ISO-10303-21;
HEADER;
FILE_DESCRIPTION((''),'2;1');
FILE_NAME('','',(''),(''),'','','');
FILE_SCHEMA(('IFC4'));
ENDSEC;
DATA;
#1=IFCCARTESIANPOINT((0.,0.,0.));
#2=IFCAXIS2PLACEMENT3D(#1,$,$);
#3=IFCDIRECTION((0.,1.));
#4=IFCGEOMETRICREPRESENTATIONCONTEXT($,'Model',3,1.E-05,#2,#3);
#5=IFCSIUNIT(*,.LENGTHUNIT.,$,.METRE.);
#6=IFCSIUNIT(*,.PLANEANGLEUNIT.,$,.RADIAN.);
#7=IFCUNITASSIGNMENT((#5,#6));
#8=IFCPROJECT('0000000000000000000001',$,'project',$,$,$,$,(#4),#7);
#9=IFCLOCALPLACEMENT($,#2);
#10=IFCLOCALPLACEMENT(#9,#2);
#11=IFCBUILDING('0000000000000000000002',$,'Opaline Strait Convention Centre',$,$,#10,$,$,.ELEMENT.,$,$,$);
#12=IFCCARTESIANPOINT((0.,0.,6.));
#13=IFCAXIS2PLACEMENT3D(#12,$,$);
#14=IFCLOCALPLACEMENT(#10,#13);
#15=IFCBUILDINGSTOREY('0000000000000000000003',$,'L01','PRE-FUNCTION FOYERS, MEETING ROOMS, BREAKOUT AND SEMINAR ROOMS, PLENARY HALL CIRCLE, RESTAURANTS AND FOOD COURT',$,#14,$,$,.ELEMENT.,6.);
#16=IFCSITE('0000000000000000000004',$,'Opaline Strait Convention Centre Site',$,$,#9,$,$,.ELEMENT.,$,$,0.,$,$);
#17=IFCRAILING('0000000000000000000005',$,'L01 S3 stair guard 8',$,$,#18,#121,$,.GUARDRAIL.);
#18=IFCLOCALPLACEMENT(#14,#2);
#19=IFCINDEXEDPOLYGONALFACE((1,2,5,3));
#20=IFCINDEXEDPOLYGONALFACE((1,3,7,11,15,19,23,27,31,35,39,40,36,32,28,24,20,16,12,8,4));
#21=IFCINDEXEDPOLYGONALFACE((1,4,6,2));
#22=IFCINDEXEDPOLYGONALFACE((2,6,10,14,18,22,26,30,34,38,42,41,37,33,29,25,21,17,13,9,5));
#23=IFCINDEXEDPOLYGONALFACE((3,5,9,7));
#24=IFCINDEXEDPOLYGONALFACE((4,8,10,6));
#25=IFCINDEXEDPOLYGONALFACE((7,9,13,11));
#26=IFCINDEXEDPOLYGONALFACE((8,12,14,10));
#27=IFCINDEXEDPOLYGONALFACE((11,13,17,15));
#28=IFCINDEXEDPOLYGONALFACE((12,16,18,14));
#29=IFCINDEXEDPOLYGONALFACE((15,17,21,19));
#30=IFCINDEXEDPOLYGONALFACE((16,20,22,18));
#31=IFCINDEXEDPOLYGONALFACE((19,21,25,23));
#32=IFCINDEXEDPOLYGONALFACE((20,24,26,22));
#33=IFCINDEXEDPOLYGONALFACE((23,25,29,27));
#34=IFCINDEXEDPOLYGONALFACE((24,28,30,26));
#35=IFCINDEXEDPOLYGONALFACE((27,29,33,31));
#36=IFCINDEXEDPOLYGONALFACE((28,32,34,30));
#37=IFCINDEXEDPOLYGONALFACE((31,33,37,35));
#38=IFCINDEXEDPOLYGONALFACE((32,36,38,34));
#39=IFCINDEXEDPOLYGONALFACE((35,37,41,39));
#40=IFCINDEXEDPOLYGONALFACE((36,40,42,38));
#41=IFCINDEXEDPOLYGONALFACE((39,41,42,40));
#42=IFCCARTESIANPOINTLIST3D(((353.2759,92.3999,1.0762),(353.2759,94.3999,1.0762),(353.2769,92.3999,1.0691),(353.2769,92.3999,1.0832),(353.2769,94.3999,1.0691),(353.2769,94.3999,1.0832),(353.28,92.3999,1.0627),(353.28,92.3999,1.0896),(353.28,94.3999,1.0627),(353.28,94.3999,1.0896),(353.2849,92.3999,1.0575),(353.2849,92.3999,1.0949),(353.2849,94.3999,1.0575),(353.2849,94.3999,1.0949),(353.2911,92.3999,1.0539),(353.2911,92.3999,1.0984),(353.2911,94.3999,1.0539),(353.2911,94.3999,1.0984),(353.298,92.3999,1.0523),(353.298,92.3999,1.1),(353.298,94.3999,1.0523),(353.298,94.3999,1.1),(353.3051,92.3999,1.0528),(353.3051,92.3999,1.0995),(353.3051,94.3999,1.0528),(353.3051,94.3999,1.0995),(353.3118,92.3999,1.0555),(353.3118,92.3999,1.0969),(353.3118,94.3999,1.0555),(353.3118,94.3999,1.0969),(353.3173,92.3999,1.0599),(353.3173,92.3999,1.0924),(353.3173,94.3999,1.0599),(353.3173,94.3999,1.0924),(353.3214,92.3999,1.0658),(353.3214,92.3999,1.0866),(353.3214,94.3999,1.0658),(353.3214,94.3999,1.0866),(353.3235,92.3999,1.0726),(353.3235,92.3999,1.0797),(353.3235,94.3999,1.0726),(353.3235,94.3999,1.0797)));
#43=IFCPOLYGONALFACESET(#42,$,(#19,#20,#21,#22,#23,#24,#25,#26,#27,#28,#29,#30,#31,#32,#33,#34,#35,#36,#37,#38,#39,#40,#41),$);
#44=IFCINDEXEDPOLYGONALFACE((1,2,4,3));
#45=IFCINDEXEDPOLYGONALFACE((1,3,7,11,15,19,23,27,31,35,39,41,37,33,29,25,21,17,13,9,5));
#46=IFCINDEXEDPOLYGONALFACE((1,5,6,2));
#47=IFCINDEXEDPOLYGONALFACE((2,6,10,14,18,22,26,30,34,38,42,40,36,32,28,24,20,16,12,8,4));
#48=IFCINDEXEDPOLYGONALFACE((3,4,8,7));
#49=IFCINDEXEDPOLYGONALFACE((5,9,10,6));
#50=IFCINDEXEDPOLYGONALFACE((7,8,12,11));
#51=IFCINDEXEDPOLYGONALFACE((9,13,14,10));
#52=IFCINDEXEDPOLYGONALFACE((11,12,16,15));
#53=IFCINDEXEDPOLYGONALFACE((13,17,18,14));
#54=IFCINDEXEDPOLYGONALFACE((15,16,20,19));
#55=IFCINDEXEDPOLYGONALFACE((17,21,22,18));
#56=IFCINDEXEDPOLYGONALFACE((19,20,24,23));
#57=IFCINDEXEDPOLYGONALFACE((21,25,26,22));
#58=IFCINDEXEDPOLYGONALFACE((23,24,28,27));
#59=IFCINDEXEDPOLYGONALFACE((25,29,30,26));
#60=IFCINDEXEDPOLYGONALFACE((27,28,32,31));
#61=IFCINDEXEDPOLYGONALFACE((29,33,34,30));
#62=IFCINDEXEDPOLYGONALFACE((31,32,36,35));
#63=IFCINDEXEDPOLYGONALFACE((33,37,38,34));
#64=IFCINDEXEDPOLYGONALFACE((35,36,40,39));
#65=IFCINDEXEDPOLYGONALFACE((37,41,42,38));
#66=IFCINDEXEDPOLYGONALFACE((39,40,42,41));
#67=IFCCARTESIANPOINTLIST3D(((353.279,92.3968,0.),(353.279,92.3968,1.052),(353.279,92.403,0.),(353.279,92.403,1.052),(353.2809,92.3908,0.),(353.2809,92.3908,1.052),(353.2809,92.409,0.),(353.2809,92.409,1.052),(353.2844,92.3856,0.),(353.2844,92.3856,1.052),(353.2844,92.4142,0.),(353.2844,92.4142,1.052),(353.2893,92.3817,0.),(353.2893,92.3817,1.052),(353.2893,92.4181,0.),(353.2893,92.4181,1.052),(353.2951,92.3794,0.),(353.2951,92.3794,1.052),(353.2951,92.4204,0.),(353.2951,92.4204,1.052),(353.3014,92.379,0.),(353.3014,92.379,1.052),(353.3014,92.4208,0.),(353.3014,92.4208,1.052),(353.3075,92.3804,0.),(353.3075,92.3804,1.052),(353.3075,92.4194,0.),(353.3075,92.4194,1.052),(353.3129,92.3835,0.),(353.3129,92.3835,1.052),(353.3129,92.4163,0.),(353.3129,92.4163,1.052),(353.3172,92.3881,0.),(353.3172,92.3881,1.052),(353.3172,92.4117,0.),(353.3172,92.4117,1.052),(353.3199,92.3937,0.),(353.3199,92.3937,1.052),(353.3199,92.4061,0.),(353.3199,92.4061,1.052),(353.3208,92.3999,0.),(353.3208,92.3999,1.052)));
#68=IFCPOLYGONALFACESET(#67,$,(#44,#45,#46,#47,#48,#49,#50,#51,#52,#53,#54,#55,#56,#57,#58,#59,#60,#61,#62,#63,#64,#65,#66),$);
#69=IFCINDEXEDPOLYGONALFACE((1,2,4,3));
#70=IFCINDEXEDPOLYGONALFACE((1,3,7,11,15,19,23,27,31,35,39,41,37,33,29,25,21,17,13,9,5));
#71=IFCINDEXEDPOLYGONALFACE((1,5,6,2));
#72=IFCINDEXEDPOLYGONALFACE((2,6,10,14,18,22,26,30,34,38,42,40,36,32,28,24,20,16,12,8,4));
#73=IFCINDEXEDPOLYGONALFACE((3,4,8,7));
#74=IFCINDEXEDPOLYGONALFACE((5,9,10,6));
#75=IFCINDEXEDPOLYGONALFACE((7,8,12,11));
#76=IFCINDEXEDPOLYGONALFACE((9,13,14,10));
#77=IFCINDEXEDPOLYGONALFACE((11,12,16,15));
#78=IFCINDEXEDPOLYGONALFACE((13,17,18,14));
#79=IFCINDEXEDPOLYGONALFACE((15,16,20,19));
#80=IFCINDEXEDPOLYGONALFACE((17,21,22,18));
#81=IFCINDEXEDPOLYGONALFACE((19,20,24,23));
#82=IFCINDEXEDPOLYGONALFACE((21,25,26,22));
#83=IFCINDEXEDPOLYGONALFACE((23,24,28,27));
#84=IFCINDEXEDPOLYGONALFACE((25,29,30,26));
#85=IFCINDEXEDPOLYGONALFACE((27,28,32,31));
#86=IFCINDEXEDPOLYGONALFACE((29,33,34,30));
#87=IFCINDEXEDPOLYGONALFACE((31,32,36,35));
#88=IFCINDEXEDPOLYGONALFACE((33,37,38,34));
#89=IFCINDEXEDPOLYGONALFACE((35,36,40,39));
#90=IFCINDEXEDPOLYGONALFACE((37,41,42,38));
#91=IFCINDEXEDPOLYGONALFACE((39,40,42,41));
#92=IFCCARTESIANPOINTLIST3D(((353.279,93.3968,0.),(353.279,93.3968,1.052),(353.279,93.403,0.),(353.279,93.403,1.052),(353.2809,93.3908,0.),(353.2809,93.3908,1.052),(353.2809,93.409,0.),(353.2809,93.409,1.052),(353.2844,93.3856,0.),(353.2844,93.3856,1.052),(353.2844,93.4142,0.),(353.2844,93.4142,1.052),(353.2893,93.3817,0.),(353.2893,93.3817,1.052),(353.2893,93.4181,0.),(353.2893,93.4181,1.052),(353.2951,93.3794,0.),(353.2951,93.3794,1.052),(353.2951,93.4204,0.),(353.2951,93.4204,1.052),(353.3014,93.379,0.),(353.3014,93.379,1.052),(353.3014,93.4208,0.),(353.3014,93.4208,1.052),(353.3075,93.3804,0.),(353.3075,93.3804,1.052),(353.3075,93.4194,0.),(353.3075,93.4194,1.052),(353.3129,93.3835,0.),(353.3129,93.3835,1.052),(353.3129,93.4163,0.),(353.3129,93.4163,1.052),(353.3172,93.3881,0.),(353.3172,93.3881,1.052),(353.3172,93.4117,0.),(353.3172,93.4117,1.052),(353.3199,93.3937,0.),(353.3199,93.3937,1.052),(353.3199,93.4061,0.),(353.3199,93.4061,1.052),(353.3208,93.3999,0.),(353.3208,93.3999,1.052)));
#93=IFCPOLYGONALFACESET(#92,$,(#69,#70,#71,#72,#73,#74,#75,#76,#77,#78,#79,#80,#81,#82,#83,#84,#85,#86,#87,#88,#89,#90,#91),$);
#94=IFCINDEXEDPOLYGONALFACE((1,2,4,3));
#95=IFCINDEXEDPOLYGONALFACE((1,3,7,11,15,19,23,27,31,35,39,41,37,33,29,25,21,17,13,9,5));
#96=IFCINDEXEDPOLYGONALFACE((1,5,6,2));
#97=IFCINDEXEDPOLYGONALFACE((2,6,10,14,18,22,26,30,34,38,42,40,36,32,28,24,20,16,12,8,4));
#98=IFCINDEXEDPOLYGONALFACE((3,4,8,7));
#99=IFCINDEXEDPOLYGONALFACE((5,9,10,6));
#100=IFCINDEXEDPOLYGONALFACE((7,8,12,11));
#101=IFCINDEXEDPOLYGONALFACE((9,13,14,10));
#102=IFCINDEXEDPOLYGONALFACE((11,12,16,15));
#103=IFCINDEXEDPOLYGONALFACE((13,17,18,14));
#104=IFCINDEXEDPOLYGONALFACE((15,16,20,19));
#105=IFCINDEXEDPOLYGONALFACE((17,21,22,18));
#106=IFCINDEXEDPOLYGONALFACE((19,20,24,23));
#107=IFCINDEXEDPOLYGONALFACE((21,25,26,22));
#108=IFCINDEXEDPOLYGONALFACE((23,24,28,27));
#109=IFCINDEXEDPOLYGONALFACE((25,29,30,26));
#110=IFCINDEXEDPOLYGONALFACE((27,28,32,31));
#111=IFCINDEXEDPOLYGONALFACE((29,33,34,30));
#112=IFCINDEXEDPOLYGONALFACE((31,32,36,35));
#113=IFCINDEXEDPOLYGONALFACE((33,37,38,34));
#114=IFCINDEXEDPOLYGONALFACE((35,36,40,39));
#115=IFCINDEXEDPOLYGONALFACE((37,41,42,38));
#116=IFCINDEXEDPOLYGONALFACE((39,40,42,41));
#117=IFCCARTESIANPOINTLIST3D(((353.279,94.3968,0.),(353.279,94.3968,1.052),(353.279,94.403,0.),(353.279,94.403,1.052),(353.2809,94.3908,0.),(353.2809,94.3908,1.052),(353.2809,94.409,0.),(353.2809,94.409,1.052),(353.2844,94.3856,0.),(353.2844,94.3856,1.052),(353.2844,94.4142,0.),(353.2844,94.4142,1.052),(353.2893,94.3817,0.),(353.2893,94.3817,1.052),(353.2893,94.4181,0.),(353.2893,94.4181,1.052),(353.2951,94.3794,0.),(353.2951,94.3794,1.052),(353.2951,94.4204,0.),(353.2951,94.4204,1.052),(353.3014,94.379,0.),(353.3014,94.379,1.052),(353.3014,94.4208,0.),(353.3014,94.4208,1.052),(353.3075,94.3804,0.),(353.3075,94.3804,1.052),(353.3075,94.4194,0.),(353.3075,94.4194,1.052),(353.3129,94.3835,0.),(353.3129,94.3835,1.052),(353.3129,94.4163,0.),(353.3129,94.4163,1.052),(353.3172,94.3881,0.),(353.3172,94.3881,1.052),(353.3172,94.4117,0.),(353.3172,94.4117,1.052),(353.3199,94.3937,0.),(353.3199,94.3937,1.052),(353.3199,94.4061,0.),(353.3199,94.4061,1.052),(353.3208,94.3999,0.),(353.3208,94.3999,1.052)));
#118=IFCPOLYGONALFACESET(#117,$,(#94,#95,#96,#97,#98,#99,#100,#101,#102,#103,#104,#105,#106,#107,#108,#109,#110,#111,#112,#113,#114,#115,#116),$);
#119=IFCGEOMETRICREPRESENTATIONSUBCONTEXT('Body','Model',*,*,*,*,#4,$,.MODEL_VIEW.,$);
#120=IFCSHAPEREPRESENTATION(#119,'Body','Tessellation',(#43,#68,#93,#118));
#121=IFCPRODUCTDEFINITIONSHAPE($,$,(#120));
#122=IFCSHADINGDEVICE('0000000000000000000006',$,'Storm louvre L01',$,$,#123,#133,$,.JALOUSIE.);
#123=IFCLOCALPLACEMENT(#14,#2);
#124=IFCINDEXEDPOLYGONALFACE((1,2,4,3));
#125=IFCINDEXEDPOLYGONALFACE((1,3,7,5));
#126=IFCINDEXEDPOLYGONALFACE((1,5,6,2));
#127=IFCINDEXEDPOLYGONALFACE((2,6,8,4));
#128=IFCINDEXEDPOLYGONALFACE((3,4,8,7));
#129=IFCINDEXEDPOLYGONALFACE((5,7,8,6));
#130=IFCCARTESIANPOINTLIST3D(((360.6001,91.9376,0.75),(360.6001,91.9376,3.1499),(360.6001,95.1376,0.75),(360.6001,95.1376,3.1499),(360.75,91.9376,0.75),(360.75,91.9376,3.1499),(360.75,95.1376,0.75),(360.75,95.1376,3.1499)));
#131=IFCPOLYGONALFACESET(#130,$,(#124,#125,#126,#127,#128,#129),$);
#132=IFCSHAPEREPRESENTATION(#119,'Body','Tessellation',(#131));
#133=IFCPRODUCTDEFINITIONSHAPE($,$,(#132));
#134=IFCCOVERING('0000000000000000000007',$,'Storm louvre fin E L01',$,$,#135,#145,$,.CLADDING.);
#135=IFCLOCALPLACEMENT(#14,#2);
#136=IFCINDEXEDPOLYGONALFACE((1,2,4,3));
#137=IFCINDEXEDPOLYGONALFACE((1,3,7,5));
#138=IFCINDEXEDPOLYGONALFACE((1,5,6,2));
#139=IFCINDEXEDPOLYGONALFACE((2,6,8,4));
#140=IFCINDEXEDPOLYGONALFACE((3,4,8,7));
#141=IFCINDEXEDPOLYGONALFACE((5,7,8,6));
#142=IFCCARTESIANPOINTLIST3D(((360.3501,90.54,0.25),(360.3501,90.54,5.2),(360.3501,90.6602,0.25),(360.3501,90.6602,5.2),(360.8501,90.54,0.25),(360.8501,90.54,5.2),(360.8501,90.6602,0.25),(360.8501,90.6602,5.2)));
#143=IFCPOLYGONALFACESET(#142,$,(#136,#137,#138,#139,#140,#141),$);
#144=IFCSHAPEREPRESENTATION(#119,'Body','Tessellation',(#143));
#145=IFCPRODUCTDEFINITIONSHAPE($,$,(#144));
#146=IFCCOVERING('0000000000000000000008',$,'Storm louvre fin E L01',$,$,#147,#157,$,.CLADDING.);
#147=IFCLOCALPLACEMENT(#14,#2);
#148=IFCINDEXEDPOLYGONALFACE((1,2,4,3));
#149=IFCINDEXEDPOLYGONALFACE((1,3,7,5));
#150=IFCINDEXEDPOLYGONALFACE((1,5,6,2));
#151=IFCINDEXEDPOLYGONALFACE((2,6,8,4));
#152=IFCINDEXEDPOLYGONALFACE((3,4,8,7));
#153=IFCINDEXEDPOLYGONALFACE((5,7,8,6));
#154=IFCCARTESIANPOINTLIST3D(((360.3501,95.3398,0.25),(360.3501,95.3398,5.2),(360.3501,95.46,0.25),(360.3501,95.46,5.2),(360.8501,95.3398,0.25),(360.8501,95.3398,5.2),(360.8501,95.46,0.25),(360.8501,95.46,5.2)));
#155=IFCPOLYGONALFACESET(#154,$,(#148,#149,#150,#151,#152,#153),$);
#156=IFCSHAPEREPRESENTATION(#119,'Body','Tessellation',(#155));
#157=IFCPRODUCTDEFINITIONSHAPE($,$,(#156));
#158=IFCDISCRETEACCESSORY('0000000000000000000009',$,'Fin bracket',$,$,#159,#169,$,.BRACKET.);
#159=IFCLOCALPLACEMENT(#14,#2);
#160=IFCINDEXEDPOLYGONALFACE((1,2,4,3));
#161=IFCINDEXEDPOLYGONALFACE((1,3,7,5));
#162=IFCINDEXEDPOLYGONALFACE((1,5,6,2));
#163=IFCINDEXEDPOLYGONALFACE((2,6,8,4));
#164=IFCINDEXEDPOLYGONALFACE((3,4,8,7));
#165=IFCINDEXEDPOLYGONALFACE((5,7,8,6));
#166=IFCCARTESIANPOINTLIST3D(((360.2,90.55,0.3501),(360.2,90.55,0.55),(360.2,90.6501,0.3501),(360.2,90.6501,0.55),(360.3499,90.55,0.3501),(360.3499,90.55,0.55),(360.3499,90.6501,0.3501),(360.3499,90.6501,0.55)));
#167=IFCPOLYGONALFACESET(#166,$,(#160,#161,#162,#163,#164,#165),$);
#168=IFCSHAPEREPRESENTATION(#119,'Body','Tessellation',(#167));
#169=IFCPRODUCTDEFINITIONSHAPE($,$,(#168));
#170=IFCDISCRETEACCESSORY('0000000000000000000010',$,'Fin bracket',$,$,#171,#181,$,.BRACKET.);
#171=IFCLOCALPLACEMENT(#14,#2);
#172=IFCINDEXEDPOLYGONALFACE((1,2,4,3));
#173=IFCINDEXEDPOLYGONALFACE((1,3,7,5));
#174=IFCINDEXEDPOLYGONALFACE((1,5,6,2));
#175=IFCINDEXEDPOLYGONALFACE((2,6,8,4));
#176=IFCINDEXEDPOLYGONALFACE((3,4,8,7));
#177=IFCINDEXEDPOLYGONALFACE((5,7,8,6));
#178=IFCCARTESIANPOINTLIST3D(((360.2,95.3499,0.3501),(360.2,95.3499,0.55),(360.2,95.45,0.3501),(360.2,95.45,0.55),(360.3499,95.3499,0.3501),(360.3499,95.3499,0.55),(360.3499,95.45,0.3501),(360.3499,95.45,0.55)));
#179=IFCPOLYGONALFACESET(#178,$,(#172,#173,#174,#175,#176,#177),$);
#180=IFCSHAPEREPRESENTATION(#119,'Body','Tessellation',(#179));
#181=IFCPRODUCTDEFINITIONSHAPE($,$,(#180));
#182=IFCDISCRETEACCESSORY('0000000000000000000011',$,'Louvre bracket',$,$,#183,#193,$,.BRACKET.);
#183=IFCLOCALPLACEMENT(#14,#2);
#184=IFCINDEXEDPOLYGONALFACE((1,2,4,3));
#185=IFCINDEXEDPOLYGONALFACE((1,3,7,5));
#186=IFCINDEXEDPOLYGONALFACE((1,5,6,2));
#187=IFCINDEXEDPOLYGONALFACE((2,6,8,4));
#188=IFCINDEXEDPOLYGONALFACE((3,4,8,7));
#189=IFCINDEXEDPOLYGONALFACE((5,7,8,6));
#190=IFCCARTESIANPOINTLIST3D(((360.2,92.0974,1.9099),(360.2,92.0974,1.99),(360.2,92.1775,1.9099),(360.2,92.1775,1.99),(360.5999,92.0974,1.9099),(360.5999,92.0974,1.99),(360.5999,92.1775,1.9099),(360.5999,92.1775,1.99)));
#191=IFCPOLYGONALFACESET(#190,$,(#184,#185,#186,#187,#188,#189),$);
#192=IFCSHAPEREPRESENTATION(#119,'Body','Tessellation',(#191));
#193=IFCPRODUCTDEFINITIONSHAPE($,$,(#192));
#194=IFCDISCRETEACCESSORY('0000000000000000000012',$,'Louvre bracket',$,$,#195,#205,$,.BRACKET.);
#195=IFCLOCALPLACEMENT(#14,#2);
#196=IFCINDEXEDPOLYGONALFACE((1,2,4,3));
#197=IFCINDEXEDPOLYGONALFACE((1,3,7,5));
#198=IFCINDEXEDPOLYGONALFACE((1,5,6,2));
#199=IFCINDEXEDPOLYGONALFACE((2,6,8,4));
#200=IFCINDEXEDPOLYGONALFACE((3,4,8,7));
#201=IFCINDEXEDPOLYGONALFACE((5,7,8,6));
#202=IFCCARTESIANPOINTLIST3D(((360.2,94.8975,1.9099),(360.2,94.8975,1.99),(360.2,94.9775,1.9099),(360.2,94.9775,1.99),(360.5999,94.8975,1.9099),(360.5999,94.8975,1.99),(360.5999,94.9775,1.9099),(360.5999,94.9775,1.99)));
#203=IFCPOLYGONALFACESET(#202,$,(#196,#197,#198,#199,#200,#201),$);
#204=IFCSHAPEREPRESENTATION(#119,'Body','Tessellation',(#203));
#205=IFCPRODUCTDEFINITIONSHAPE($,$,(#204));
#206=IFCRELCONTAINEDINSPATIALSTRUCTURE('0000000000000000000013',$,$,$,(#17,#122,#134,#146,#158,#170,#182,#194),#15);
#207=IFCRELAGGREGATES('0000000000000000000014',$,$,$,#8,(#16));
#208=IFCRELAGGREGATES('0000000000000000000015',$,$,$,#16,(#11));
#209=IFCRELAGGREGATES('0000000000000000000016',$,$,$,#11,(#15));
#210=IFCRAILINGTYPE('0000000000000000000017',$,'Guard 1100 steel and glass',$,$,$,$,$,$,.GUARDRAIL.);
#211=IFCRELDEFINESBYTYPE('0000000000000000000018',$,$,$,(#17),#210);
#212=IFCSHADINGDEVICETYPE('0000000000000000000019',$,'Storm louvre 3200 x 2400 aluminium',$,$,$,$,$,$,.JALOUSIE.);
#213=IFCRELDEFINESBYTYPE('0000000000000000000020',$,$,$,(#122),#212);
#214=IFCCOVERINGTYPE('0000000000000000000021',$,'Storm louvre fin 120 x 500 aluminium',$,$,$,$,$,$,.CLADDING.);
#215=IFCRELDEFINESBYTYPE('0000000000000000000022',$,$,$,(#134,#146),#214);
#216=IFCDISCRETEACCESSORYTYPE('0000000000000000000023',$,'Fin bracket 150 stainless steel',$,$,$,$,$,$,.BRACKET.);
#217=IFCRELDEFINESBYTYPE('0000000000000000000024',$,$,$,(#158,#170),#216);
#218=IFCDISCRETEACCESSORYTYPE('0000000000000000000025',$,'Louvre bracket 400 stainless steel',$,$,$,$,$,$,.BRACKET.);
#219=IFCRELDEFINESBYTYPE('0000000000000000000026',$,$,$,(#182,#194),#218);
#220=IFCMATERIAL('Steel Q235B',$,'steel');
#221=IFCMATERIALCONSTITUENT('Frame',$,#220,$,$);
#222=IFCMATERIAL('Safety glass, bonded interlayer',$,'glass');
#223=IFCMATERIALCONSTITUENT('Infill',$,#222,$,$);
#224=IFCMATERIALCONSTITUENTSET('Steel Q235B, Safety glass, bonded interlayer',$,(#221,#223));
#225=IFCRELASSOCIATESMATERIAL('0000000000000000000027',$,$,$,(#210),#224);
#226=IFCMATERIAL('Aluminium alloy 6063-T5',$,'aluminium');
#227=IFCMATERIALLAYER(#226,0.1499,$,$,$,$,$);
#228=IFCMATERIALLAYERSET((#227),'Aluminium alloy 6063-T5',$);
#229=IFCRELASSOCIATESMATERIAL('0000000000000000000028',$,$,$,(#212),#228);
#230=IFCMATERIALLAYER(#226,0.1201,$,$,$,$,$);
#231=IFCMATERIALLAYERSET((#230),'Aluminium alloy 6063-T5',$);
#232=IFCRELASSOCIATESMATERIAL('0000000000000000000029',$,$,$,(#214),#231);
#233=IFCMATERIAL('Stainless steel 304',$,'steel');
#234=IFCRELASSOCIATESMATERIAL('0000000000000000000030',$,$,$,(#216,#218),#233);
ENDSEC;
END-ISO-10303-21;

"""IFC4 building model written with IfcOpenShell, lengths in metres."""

from ifc_helpers import new_model, si_unit, direction, frame, origin, origin_2d, place, context, subcontext, project, spatial, rectangle, circle, extrude, material, layer, layer_set, constituent, constituent_set, type_object, element, save


model = new_model("IFC4")

# Units and contexts
model_context = context("Model", 3, precision=1e-05, world=origin(), true_north=direction((0.0, 1.0)))
body_context = subcontext(model_context, "Body", "Model", "MODEL_VIEW")
ifc_project = project(units=[si_unit("LENGTHUNIT", "METRE"), si_unit("PLANEANGLEUNIT", "RADIAN")], contexts=[model_context])

# Site, building, storey
site_placement = place(None, origin())
site = spatial("IfcSite", under=ifc_project, at=site_placement, Name="Opaline Strait Convention Centre Site", CompositionType="ELEMENT", RefElevation=0.0)
building_placement = place(site_placement, origin())
building = spatial("IfcBuilding", under=site, at=building_placement, Name="Opaline Strait Convention Centre", CompositionType="ELEMENT")
storey_placement = place(building_placement, frame((0.0, 0.0, 6.0)))
storey = spatial("IfcBuildingStorey", under=building, at=storey_placement, Name="L01", Description="PRE-FUNCTION FOYERS, MEETING ROOMS, BREAKOUT AND SEMINAR ROOMS, PLENARY HALL CIRCLE, RESTAURANTS AND FOOD COURT", CompositionType="ELEMENT", Elevation=6.0)

# Shared definitions
ifc_material_1 = material(Name="Steel Q235B", Category="steel")

# Shared definitions
ifc_material_2 = material(Name="Stainless steel 304", Category="steel")

# Railing
ifc_constituent_1 = constituent(ifc_material_1, Name="Frame")
ifc_material_3 = material(Name="Safety glass, bonded interlayer", Category="glass")
ifc_constituent_2 = constituent(ifc_material_3, Name="Infill")
ifc_constituent_set = constituent_set(constituents=[ifc_constituent_1, ifc_constituent_2], Name="Steel Q235B, Safety glass, bonded interlayer")
railing_type = type_object("IfcRailingType", Name="Guard 1100 steel and glass", PredefinedType="GUARDRAIL", material=ifc_constituent_set)
railing_1_placement = place(storey_placement, frame((353.2998, 92.3999, 0.0)))
element("IfcRailing", 1, at=railing_1_placement, inside=storey, type_object=railing_type, Name="L01 S3 stair guard 8", PredefinedType="GUARDRAIL", context=body_context, shape_type="SweptSolid", body=[
    extrude(circle(Radius=0.0239, at=origin_2d()), frame((0.0, 0.0, 1.0762), z_axis=(0.0, 1.0, 0.0), x_axis=(-1.0, 0.0, 0.0)), (0.0, 0.0, 1.0), 2.0),
    extrude(circle(Radius=0.021, at=origin_2d()), origin(), (0.0, 0.0, 1.0), 1.052),
    extrude(circle(Radius=0.021, at=origin_2d()), frame((0.0, 1.0, 0.0)), (0.0, 0.0, 1.0), 1.052),
    extrude(circle(Radius=0.021, at=origin_2d()), frame((0.0, 2.0, 0.0)), (0.0, 0.0, 1.0), 1.052),
])

# Shading device
ifc_material_4 = material(Name="Aluminium alloy 6063-T5", Category="aluminium")
ifc_layer_1 = layer(ifc_material_4, 0.1499)
ifc_layer_set_1 = layer_set([ifc_layer_1], Name="Aluminium alloy 6063-T5")
shading_device_type = type_object("IfcShadingDeviceType", Name="Storm louvre 3200 x 2400 aluminium", PredefinedType="JALOUSIE", material=ifc_layer_set_1)
shading_device_placement = place(storey_placement, frame((360.675, 93.5376, 0.75), z_axis=(0.0, 0.0, 1.0), x_axis=(1.0, 0.0, 0.0)))
element("IfcShadingDevice", 2, at=shading_device_placement, inside=storey, type_object=shading_device_type, Name="Storm louvre L01", PredefinedType="JALOUSIE", context=body_context, shape_type="SweptSolid", body=[
    extrude(rectangle(XDim=0.1499, YDim=3.2, at=origin_2d()), origin(), (0.0, 0.0, 1.0), 2.3999),
])

# Coverings
ifc_layer_2 = layer(ifc_material_4, 0.1201)
ifc_layer_set_2 = layer_set([ifc_layer_2], Name="Aluminium alloy 6063-T5")
covering_type = type_object("IfcCoveringType", Name="Storm louvre fin 120 x 500 aluminium", PredefinedType="CLADDING", material=ifc_layer_set_2)
for number, where, z_axis, x_axis, name in (
    (3, (360.6001, 90.6001, 0.25), (0.0, 0.0, 1.0), (1.0, 0.0, 0.0), "Storm louvre fin E L01"),
    (4, (360.6001, 95.3999, 0.25), (0.0, 0.0, 1.0), (1.0, 0.0, 0.0), "Storm louvre fin E L01"),
):
    element("IfcCovering", number, at=place(storey_placement, frame(where, z_axis=z_axis, x_axis=x_axis)), inside=storey, type_object=covering_type, Name=name, PredefinedType="CLADDING", context=body_context, shape_type="SweptSolid", body=[
        extrude(rectangle(XDim=0.5, YDim=0.1201, at=origin_2d()), origin(), (0.0, 0.0, 1.0), 4.95),
    ])

# Discrete accessories
discrete_accessory_type_1 = type_object("IfcDiscreteAccessoryType", Name="Fin bracket 150 stainless steel", PredefinedType="BRACKET", material=ifc_material_2)
for number, where, z_axis, x_axis, name in (
    (5, (360.2749, 90.6001, 0.3501), (0.0, 0.0, 1.0), (1.0, 0.0, 0.0), "Fin bracket"),
    (6, (360.2749, 95.3999, 0.3501), (0.0, 0.0, 1.0), (1.0, 0.0, 0.0), "Fin bracket"),
):
    element("IfcDiscreteAccessory", number, at=place(storey_placement, frame(where, z_axis=z_axis, x_axis=x_axis)), inside=storey, type_object=discrete_accessory_type_1, Name=name, PredefinedType="BRACKET", context=body_context, shape_type="SweptSolid", body=[
        extrude(rectangle(XDim=0.1499, YDim=0.1001, at=origin_2d()), origin(), (0.0, 0.0, 1.0), 0.2),
    ])
discrete_accessory_type_2 = type_object("IfcDiscreteAccessoryType", Name="Louvre bracket 400 stainless steel", PredefinedType="BRACKET", material=ifc_material_2)
for number, where, z_axis, x_axis, name in (
    (7, (360.3999, 92.1375, 1.9099), (0.0, 0.0, 1.0), (1.0, 0.0, 0.0), "Louvre bracket"),
    (8, (360.3999, 94.9375, 1.9099), (0.0, 0.0, 1.0), (1.0, 0.0, 0.0), "Louvre bracket"),
):
    element("IfcDiscreteAccessory", number, at=place(storey_placement, frame(where, z_axis=z_axis, x_axis=x_axis)), inside=storey, type_object=discrete_accessory_type_2, Name=name, PredefinedType="BRACKET", context=body_context, shape_type="SweptSolid", body=[
        extrude(rectangle(XDim=0.3999, YDim=0.0801, at=origin_2d()), origin(), (0.0, 0.0, 1.0), 0.0801),
    ])

save(model, "model.ifc")
